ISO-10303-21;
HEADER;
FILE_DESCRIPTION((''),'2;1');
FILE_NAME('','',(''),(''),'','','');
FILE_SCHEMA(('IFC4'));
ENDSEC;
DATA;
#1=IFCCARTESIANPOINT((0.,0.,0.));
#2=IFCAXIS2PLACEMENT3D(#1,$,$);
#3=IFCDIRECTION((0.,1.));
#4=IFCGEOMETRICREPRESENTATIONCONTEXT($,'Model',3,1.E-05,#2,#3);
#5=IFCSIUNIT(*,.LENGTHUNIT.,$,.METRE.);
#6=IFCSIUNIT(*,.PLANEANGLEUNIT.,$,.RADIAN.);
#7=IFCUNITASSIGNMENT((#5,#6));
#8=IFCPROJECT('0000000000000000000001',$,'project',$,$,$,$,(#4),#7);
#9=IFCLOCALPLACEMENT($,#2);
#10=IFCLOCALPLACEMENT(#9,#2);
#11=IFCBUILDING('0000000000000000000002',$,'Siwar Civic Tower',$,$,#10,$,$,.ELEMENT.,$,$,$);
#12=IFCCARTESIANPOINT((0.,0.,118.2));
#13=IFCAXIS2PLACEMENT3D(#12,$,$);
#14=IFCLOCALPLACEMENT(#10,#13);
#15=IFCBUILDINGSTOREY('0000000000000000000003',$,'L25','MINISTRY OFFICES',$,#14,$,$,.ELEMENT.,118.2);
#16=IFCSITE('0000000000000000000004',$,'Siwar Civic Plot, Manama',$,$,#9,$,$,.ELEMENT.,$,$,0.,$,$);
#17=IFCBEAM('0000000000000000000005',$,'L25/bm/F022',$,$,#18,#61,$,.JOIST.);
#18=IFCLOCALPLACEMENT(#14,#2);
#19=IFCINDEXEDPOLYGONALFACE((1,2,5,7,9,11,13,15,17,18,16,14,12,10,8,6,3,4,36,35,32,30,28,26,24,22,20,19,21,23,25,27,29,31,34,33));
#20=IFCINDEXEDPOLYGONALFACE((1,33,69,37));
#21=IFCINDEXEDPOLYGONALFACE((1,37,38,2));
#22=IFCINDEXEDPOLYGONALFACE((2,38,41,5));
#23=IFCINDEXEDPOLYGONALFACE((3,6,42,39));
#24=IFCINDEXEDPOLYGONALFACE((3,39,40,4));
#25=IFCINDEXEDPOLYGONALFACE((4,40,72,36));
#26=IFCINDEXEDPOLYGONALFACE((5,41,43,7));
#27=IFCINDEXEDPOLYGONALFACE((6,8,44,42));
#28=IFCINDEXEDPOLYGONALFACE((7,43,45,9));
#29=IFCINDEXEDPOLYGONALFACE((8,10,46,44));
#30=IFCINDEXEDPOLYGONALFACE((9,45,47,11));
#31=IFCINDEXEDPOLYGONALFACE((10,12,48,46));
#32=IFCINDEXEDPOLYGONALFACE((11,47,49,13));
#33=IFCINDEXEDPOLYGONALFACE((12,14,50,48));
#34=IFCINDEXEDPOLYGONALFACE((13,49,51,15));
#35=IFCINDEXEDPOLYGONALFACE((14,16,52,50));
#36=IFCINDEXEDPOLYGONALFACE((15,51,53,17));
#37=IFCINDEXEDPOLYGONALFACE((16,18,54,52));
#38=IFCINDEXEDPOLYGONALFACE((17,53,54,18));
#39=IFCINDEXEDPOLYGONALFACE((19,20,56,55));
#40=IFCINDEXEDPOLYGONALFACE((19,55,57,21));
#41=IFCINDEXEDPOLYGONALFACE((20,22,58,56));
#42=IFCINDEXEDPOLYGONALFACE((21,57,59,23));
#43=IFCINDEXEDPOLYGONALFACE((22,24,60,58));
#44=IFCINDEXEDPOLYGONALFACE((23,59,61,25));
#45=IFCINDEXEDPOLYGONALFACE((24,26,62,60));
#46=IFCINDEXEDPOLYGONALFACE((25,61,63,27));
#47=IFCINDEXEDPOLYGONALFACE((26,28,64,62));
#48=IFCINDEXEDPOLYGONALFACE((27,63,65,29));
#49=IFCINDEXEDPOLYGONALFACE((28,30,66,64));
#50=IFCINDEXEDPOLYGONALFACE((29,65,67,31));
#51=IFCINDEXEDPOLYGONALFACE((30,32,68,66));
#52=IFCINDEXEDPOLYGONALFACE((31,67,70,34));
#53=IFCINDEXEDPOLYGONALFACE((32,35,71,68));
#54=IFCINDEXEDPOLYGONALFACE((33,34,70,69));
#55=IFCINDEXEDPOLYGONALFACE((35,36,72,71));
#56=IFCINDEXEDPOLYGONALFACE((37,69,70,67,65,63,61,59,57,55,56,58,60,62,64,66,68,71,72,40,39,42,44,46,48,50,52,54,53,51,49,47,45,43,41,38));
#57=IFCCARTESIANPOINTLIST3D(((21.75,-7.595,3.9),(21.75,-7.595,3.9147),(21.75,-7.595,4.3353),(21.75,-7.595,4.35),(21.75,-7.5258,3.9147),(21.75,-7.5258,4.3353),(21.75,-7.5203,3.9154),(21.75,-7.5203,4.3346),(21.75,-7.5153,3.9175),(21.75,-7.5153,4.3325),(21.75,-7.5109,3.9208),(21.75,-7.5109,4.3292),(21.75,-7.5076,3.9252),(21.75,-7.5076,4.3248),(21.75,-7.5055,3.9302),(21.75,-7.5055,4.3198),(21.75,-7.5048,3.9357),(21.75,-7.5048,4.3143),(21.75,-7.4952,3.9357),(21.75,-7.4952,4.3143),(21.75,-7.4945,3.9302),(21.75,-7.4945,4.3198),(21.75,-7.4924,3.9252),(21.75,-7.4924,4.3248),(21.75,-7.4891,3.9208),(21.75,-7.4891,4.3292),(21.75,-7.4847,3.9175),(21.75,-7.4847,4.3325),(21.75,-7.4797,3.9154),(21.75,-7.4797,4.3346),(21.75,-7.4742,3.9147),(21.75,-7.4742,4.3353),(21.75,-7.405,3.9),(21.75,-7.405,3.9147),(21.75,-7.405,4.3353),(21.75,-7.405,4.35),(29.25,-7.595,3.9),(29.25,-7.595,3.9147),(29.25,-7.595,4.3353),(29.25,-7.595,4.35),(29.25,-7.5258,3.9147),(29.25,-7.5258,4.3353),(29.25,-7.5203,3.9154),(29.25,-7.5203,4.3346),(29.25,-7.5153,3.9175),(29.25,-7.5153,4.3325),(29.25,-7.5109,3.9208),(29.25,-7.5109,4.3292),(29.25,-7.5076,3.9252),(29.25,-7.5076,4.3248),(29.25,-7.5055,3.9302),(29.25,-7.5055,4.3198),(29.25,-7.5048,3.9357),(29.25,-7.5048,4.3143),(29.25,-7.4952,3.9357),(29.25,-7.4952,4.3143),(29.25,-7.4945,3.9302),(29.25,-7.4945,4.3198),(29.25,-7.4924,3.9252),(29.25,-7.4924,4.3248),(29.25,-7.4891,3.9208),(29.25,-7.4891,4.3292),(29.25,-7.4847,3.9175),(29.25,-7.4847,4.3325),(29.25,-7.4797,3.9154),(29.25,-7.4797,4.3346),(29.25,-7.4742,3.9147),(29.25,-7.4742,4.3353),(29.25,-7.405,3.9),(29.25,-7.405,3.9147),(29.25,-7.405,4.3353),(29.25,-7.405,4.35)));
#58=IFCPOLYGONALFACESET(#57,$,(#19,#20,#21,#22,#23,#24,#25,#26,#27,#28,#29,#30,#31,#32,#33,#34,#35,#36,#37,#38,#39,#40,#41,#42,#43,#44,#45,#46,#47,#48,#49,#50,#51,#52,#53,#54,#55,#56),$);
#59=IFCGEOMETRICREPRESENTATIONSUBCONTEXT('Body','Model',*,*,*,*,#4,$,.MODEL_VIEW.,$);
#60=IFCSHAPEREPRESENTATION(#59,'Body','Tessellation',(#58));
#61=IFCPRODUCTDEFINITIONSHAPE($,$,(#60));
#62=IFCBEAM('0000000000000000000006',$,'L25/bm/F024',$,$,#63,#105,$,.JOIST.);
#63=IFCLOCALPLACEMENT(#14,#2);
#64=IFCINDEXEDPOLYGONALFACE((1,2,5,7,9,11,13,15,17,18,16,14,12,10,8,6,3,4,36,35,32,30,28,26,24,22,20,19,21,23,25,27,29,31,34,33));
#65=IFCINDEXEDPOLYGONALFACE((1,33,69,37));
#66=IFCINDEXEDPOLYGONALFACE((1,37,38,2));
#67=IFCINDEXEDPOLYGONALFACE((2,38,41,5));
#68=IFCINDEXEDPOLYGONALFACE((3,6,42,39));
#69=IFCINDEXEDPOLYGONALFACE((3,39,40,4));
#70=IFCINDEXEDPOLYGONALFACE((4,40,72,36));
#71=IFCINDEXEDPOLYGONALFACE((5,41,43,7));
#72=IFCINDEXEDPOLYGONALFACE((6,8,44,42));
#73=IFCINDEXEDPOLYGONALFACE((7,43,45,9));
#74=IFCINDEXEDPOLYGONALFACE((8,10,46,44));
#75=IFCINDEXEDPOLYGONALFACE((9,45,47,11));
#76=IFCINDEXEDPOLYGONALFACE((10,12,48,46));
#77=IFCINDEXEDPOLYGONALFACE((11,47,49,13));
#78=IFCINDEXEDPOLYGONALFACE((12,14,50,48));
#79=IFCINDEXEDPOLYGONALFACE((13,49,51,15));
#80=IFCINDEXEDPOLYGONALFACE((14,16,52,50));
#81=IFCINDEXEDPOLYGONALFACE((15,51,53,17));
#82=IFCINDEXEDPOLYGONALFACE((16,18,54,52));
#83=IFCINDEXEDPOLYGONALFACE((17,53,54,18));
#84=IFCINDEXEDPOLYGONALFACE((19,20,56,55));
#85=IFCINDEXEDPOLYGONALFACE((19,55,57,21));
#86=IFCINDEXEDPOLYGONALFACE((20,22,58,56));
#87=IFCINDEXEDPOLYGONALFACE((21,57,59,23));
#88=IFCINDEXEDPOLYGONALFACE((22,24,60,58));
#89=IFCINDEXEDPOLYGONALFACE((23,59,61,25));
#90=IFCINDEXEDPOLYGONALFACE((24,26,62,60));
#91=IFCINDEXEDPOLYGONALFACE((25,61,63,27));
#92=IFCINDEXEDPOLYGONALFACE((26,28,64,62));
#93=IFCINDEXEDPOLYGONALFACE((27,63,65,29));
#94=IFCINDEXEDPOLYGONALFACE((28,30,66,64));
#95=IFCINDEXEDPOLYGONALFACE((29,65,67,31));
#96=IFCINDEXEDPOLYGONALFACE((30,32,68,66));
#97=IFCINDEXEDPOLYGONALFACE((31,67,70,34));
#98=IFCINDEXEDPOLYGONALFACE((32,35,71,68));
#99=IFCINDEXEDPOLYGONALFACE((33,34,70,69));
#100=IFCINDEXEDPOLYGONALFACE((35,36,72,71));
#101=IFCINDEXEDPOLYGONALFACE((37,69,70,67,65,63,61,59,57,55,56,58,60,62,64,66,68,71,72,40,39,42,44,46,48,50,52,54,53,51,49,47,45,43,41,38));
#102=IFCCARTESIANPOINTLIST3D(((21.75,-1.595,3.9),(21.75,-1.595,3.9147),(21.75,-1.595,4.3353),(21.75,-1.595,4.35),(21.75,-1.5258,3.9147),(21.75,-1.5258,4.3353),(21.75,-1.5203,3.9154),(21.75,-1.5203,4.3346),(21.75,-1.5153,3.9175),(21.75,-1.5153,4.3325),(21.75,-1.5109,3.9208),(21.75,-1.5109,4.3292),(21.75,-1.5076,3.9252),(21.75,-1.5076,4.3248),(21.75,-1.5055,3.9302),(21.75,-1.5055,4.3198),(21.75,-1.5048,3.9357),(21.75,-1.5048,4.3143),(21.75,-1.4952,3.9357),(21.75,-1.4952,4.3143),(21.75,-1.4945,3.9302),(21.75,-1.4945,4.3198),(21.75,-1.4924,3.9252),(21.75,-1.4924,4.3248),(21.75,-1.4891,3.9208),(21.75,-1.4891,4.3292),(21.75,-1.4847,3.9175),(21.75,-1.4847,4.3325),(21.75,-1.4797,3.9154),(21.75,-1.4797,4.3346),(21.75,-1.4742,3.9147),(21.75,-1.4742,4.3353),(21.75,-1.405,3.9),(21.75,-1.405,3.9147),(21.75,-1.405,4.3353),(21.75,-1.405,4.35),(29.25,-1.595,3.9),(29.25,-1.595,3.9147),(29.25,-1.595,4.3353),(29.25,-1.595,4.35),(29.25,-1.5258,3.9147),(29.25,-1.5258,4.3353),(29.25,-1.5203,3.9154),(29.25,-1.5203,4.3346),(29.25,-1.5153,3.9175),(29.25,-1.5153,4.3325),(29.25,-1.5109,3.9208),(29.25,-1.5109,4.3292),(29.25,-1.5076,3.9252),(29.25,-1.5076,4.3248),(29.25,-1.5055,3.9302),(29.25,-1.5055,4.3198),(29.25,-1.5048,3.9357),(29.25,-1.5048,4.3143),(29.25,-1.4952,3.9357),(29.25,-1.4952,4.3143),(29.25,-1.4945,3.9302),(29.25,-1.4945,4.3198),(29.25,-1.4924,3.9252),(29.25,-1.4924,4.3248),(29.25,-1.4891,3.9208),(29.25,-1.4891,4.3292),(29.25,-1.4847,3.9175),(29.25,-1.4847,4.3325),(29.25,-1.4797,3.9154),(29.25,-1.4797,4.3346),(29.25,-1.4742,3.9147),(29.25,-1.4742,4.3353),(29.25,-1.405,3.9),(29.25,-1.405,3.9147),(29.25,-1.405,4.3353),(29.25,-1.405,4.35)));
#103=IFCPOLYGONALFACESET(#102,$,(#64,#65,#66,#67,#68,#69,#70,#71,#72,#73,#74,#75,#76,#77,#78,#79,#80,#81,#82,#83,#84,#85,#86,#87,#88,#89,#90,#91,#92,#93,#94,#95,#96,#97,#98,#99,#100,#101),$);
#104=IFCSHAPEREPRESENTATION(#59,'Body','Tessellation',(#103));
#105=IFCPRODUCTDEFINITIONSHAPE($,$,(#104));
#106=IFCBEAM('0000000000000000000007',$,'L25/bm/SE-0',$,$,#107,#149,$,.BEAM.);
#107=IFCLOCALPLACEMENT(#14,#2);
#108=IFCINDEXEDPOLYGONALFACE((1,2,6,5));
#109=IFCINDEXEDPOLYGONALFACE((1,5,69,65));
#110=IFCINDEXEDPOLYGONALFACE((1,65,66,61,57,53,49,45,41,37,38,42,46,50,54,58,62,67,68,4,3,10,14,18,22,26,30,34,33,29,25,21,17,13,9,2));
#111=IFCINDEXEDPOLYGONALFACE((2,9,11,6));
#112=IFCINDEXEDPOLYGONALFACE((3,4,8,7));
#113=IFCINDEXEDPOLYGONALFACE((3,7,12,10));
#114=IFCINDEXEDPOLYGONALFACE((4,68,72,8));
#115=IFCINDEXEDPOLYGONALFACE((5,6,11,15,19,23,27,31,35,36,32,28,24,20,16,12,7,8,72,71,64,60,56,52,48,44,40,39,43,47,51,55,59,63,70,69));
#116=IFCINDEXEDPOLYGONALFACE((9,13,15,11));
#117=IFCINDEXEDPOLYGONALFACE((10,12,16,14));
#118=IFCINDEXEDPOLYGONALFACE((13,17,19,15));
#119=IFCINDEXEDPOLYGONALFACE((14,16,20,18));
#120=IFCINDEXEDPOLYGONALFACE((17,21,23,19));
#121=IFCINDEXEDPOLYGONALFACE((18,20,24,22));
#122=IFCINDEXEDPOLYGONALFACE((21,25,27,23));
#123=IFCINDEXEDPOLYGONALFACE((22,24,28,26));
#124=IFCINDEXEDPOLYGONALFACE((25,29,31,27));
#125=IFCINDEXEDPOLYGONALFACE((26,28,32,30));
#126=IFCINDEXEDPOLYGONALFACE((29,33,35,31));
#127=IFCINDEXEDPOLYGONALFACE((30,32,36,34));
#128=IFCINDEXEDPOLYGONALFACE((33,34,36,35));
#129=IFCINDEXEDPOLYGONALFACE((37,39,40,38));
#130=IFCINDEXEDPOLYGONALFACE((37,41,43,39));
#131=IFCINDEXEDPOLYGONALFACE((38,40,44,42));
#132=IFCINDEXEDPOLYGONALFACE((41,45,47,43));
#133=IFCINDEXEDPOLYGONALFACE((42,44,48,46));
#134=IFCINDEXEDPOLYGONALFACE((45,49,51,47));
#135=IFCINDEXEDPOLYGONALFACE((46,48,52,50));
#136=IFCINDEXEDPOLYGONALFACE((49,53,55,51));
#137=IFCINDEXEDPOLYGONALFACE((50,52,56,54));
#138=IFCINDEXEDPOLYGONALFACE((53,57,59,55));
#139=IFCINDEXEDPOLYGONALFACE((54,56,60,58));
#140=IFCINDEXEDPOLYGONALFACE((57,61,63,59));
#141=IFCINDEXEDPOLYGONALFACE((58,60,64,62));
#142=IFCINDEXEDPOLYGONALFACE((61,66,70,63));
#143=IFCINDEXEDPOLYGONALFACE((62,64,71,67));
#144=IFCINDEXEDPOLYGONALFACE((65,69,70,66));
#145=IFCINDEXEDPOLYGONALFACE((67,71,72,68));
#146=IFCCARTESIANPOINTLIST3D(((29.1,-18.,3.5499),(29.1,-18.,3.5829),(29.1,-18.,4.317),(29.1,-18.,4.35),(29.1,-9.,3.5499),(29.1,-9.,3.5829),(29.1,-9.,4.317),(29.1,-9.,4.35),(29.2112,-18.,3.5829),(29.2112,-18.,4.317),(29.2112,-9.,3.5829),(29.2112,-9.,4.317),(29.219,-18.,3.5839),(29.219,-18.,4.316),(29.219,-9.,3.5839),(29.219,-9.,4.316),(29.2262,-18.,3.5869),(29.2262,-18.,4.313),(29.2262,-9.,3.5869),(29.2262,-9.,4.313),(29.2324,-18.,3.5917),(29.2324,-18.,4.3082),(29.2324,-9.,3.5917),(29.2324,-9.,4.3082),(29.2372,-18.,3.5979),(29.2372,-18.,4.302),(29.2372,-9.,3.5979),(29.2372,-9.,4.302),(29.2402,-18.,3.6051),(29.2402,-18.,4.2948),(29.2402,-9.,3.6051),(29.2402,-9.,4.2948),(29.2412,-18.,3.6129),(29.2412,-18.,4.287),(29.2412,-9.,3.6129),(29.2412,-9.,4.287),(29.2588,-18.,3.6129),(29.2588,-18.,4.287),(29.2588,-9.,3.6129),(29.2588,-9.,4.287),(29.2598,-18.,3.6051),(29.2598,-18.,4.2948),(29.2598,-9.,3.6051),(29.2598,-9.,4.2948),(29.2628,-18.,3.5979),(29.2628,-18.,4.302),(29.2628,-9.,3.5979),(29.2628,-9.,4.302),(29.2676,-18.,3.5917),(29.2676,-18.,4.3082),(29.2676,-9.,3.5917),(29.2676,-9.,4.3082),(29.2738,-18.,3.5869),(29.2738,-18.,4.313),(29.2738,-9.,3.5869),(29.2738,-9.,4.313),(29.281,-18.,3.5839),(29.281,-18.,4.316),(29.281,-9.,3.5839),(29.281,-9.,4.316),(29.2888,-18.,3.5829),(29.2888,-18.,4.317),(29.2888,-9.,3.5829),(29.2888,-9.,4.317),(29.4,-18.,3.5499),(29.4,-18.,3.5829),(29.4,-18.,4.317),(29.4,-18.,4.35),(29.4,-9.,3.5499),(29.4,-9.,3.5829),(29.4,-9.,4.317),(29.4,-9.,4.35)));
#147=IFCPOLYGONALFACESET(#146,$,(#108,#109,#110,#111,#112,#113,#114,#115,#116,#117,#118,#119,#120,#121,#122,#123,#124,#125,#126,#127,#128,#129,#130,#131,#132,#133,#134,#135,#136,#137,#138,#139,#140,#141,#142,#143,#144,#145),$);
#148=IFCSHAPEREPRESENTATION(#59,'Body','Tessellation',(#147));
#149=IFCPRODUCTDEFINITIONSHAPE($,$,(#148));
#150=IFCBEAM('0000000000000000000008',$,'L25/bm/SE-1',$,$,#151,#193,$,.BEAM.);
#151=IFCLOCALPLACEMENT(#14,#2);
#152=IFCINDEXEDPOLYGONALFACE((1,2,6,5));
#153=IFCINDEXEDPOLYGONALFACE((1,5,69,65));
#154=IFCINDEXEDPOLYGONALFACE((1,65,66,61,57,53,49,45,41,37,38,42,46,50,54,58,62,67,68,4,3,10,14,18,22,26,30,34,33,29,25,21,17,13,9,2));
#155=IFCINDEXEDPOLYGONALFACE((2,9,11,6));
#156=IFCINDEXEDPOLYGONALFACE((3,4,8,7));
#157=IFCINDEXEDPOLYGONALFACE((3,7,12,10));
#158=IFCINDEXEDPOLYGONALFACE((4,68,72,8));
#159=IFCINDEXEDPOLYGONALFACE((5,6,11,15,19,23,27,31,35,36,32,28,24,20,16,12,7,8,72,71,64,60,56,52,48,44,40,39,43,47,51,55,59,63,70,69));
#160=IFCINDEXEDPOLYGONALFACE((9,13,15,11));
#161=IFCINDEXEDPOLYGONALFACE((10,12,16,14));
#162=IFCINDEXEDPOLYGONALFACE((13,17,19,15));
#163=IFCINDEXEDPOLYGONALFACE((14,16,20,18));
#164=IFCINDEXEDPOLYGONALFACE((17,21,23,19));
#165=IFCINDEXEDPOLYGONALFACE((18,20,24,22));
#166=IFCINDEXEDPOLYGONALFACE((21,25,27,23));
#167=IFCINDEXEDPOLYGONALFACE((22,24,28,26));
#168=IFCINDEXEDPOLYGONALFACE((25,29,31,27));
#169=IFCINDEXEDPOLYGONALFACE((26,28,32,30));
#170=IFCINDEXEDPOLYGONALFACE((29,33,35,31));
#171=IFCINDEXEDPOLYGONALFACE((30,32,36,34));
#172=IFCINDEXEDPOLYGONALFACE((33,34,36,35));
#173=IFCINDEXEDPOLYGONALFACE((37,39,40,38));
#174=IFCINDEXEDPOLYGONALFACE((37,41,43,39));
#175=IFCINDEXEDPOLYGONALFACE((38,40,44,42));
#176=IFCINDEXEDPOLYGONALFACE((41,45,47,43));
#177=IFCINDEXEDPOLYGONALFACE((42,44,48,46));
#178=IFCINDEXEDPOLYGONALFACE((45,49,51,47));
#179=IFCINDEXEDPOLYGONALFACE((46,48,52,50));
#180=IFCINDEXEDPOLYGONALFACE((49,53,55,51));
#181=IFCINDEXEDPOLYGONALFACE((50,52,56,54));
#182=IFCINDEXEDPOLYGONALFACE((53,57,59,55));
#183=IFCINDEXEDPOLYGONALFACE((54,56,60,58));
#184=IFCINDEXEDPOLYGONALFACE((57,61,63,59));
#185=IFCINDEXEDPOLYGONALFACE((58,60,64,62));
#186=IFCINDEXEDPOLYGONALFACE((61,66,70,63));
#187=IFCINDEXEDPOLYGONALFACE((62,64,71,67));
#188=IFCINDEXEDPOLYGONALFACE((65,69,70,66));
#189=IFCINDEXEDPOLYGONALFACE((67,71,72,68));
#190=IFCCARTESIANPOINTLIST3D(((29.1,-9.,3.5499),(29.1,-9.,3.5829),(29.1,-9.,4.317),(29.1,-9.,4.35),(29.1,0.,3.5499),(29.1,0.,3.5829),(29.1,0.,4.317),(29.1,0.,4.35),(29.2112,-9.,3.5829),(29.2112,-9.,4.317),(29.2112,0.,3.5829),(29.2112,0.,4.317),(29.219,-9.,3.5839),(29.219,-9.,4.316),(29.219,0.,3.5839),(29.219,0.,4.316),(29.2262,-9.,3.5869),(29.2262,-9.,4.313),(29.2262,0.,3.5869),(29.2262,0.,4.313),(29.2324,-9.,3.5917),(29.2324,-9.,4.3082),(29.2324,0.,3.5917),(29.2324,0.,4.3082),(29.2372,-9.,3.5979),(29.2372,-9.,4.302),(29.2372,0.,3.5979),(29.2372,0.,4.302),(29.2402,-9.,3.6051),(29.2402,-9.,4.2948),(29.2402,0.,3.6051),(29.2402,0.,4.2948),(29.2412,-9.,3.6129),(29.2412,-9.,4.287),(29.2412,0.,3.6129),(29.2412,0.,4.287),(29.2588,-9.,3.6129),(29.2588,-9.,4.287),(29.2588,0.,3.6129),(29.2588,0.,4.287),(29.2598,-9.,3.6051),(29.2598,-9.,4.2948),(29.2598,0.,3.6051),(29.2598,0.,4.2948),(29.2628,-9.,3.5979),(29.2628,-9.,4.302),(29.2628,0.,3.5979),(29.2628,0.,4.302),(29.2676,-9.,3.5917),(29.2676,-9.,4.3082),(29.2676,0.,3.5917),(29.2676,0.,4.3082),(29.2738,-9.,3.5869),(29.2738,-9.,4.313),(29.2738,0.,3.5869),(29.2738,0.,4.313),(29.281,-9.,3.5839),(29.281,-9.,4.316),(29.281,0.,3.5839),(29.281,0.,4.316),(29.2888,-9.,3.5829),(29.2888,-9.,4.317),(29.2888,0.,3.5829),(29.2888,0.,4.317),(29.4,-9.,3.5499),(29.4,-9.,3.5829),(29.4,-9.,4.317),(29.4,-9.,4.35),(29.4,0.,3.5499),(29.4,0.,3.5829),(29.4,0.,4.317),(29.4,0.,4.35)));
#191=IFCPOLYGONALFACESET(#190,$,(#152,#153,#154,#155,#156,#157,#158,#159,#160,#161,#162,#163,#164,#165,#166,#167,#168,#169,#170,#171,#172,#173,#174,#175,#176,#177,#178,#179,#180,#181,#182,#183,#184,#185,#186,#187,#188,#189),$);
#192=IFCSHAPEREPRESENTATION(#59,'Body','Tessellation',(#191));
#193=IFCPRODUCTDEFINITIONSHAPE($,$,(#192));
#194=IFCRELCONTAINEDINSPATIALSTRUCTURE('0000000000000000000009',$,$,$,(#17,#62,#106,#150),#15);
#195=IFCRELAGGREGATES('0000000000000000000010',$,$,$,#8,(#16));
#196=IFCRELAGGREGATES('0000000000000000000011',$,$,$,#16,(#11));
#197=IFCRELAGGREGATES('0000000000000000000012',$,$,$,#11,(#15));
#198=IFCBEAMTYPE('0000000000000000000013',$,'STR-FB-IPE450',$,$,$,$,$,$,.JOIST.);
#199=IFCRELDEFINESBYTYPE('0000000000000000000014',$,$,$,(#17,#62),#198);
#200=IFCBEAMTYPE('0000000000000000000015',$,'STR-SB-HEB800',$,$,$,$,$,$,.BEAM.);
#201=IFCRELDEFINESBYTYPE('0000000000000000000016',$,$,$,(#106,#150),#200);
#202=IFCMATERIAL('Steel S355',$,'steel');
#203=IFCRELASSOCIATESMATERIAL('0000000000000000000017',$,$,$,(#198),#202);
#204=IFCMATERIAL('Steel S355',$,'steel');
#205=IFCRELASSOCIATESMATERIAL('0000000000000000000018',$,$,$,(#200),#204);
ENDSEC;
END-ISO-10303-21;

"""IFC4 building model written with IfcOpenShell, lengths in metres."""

from ifc_helpers import new_model, si_unit, direction, frame, origin, origin_2d, place, context, subcontext, project, spatial, i_section, extrude, material, material_profile, profile_set, type_object, element, save


model = new_model("IFC4")

# Units and contexts
model_context = context("Model", 3, precision=1e-05, world=origin(), true_north=direction((0.0, 1.0)))
body_context = subcontext(model_context, "Body", "Model", "MODEL_VIEW")
ifc_project = project(units=[si_unit("LENGTHUNIT", "METRE"), si_unit("PLANEANGLEUNIT", "RADIAN")], contexts=[model_context])

# Site, building, storey
site_placement = place(None, origin())
site = spatial("IfcSite", under=ifc_project, at=site_placement, Name="Siwar Civic Plot, Manama", CompositionType="ELEMENT", RefElevation=0.0)
building_placement = place(site_placement, origin())
building = spatial("IfcBuilding", under=site, at=building_placement, Name="Siwar Civic Tower", CompositionType="ELEMENT")
storey_placement = place(building_placement, frame((0.0, 0.0, 118.2)))
storey = spatial("IfcBuildingStorey", under=building, at=storey_placement, Name="L25", Description="MINISTRY OFFICES", CompositionType="ELEMENT", Elevation=118.2)

# Beams
ifc_material_1 = material(Name="Steel S355", Category="steel")
ifc_material_profile_1 = material_profile(ifc_material_1, i_section(OverallWidth=0.1899, OverallDepth=0.45, WebThickness=0.0095, FlangeThickness=0.0146, FilletRadius=0.021, at=origin_2d()), Name="IPE450")
ifc_profile_set_1 = profile_set([ifc_material_profile_1], Name="Steel S355")
beam_type_1 = type_object("IfcBeamType", Name="STR-FB-IPE450", PredefinedType="JOIST", material=ifc_profile_set_1)
for number, where, z_axis, x_axis, name in (
    (1, (21.75, -7.5, 4.125), (1.0, 0.0, 0.0), (0.0, 1.0, 0.0), "L25/bm/F022"),
    (2, (21.75, -1.5, 4.125), (1.0, 0.0, 0.0), (0.0, 1.0, 0.0), "L25/bm/F024"),
):
    element("IfcBeam", number, at=place(storey_placement, frame(where, z_axis=z_axis, x_axis=x_axis)), inside=storey, type_object=beam_type_1, Name=name, PredefinedType="JOIST", context=body_context, shape_type="SweptSolid", body=[
        extrude(i_section(OverallWidth=0.1899, OverallDepth=0.45, WebThickness=0.0095, FlangeThickness=0.0146, FilletRadius=0.021, at=origin_2d()), origin(), (0.0, 0.0, 1.0), 7.5),
    ])
ifc_material_2 = material(Name="Steel S355", Category="steel")
ifc_material_profile_2 = material_profile(ifc_material_2, i_section(OverallWidth=0.3, OverallDepth=0.8, WebThickness=0.0176, FlangeThickness=0.033, FilletRadius=0.03, at=origin_2d()), Name="HEB800")
ifc_profile_set_2 = profile_set([ifc_material_profile_2], Name="Steel S355")
beam_type_2 = type_object("IfcBeamType", Name="STR-SB-HEB800", PredefinedType="BEAM", material=ifc_profile_set_2)
for number, where, z_axis, x_axis, name in (
    (3, (29.25, -18.0, 3.95), (0.0, 1.0, 0.0), (-1.0, 0.0, 0.0), "L25/bm/SE-0"),
    (4, (29.25, -9.0, 3.95), (0.0, 1.0, 0.0), (-1.0, 0.0, 0.0), "L25/bm/SE-1"),
):
    element("IfcBeam", number, at=place(storey_placement, frame(where, z_axis=z_axis, x_axis=x_axis)), inside=storey, type_object=beam_type_2, Name=name, PredefinedType="BEAM", context=body_context, shape_type="SweptSolid", body=[
        extrude(i_section(OverallWidth=0.3, OverallDepth=0.8, WebThickness=0.0176, FlangeThickness=0.033, FilletRadius=0.03, at=origin_2d()), origin(), (0.0, 0.0, 1.0), 9.0),
    ])

save(model, "model.ifc")
